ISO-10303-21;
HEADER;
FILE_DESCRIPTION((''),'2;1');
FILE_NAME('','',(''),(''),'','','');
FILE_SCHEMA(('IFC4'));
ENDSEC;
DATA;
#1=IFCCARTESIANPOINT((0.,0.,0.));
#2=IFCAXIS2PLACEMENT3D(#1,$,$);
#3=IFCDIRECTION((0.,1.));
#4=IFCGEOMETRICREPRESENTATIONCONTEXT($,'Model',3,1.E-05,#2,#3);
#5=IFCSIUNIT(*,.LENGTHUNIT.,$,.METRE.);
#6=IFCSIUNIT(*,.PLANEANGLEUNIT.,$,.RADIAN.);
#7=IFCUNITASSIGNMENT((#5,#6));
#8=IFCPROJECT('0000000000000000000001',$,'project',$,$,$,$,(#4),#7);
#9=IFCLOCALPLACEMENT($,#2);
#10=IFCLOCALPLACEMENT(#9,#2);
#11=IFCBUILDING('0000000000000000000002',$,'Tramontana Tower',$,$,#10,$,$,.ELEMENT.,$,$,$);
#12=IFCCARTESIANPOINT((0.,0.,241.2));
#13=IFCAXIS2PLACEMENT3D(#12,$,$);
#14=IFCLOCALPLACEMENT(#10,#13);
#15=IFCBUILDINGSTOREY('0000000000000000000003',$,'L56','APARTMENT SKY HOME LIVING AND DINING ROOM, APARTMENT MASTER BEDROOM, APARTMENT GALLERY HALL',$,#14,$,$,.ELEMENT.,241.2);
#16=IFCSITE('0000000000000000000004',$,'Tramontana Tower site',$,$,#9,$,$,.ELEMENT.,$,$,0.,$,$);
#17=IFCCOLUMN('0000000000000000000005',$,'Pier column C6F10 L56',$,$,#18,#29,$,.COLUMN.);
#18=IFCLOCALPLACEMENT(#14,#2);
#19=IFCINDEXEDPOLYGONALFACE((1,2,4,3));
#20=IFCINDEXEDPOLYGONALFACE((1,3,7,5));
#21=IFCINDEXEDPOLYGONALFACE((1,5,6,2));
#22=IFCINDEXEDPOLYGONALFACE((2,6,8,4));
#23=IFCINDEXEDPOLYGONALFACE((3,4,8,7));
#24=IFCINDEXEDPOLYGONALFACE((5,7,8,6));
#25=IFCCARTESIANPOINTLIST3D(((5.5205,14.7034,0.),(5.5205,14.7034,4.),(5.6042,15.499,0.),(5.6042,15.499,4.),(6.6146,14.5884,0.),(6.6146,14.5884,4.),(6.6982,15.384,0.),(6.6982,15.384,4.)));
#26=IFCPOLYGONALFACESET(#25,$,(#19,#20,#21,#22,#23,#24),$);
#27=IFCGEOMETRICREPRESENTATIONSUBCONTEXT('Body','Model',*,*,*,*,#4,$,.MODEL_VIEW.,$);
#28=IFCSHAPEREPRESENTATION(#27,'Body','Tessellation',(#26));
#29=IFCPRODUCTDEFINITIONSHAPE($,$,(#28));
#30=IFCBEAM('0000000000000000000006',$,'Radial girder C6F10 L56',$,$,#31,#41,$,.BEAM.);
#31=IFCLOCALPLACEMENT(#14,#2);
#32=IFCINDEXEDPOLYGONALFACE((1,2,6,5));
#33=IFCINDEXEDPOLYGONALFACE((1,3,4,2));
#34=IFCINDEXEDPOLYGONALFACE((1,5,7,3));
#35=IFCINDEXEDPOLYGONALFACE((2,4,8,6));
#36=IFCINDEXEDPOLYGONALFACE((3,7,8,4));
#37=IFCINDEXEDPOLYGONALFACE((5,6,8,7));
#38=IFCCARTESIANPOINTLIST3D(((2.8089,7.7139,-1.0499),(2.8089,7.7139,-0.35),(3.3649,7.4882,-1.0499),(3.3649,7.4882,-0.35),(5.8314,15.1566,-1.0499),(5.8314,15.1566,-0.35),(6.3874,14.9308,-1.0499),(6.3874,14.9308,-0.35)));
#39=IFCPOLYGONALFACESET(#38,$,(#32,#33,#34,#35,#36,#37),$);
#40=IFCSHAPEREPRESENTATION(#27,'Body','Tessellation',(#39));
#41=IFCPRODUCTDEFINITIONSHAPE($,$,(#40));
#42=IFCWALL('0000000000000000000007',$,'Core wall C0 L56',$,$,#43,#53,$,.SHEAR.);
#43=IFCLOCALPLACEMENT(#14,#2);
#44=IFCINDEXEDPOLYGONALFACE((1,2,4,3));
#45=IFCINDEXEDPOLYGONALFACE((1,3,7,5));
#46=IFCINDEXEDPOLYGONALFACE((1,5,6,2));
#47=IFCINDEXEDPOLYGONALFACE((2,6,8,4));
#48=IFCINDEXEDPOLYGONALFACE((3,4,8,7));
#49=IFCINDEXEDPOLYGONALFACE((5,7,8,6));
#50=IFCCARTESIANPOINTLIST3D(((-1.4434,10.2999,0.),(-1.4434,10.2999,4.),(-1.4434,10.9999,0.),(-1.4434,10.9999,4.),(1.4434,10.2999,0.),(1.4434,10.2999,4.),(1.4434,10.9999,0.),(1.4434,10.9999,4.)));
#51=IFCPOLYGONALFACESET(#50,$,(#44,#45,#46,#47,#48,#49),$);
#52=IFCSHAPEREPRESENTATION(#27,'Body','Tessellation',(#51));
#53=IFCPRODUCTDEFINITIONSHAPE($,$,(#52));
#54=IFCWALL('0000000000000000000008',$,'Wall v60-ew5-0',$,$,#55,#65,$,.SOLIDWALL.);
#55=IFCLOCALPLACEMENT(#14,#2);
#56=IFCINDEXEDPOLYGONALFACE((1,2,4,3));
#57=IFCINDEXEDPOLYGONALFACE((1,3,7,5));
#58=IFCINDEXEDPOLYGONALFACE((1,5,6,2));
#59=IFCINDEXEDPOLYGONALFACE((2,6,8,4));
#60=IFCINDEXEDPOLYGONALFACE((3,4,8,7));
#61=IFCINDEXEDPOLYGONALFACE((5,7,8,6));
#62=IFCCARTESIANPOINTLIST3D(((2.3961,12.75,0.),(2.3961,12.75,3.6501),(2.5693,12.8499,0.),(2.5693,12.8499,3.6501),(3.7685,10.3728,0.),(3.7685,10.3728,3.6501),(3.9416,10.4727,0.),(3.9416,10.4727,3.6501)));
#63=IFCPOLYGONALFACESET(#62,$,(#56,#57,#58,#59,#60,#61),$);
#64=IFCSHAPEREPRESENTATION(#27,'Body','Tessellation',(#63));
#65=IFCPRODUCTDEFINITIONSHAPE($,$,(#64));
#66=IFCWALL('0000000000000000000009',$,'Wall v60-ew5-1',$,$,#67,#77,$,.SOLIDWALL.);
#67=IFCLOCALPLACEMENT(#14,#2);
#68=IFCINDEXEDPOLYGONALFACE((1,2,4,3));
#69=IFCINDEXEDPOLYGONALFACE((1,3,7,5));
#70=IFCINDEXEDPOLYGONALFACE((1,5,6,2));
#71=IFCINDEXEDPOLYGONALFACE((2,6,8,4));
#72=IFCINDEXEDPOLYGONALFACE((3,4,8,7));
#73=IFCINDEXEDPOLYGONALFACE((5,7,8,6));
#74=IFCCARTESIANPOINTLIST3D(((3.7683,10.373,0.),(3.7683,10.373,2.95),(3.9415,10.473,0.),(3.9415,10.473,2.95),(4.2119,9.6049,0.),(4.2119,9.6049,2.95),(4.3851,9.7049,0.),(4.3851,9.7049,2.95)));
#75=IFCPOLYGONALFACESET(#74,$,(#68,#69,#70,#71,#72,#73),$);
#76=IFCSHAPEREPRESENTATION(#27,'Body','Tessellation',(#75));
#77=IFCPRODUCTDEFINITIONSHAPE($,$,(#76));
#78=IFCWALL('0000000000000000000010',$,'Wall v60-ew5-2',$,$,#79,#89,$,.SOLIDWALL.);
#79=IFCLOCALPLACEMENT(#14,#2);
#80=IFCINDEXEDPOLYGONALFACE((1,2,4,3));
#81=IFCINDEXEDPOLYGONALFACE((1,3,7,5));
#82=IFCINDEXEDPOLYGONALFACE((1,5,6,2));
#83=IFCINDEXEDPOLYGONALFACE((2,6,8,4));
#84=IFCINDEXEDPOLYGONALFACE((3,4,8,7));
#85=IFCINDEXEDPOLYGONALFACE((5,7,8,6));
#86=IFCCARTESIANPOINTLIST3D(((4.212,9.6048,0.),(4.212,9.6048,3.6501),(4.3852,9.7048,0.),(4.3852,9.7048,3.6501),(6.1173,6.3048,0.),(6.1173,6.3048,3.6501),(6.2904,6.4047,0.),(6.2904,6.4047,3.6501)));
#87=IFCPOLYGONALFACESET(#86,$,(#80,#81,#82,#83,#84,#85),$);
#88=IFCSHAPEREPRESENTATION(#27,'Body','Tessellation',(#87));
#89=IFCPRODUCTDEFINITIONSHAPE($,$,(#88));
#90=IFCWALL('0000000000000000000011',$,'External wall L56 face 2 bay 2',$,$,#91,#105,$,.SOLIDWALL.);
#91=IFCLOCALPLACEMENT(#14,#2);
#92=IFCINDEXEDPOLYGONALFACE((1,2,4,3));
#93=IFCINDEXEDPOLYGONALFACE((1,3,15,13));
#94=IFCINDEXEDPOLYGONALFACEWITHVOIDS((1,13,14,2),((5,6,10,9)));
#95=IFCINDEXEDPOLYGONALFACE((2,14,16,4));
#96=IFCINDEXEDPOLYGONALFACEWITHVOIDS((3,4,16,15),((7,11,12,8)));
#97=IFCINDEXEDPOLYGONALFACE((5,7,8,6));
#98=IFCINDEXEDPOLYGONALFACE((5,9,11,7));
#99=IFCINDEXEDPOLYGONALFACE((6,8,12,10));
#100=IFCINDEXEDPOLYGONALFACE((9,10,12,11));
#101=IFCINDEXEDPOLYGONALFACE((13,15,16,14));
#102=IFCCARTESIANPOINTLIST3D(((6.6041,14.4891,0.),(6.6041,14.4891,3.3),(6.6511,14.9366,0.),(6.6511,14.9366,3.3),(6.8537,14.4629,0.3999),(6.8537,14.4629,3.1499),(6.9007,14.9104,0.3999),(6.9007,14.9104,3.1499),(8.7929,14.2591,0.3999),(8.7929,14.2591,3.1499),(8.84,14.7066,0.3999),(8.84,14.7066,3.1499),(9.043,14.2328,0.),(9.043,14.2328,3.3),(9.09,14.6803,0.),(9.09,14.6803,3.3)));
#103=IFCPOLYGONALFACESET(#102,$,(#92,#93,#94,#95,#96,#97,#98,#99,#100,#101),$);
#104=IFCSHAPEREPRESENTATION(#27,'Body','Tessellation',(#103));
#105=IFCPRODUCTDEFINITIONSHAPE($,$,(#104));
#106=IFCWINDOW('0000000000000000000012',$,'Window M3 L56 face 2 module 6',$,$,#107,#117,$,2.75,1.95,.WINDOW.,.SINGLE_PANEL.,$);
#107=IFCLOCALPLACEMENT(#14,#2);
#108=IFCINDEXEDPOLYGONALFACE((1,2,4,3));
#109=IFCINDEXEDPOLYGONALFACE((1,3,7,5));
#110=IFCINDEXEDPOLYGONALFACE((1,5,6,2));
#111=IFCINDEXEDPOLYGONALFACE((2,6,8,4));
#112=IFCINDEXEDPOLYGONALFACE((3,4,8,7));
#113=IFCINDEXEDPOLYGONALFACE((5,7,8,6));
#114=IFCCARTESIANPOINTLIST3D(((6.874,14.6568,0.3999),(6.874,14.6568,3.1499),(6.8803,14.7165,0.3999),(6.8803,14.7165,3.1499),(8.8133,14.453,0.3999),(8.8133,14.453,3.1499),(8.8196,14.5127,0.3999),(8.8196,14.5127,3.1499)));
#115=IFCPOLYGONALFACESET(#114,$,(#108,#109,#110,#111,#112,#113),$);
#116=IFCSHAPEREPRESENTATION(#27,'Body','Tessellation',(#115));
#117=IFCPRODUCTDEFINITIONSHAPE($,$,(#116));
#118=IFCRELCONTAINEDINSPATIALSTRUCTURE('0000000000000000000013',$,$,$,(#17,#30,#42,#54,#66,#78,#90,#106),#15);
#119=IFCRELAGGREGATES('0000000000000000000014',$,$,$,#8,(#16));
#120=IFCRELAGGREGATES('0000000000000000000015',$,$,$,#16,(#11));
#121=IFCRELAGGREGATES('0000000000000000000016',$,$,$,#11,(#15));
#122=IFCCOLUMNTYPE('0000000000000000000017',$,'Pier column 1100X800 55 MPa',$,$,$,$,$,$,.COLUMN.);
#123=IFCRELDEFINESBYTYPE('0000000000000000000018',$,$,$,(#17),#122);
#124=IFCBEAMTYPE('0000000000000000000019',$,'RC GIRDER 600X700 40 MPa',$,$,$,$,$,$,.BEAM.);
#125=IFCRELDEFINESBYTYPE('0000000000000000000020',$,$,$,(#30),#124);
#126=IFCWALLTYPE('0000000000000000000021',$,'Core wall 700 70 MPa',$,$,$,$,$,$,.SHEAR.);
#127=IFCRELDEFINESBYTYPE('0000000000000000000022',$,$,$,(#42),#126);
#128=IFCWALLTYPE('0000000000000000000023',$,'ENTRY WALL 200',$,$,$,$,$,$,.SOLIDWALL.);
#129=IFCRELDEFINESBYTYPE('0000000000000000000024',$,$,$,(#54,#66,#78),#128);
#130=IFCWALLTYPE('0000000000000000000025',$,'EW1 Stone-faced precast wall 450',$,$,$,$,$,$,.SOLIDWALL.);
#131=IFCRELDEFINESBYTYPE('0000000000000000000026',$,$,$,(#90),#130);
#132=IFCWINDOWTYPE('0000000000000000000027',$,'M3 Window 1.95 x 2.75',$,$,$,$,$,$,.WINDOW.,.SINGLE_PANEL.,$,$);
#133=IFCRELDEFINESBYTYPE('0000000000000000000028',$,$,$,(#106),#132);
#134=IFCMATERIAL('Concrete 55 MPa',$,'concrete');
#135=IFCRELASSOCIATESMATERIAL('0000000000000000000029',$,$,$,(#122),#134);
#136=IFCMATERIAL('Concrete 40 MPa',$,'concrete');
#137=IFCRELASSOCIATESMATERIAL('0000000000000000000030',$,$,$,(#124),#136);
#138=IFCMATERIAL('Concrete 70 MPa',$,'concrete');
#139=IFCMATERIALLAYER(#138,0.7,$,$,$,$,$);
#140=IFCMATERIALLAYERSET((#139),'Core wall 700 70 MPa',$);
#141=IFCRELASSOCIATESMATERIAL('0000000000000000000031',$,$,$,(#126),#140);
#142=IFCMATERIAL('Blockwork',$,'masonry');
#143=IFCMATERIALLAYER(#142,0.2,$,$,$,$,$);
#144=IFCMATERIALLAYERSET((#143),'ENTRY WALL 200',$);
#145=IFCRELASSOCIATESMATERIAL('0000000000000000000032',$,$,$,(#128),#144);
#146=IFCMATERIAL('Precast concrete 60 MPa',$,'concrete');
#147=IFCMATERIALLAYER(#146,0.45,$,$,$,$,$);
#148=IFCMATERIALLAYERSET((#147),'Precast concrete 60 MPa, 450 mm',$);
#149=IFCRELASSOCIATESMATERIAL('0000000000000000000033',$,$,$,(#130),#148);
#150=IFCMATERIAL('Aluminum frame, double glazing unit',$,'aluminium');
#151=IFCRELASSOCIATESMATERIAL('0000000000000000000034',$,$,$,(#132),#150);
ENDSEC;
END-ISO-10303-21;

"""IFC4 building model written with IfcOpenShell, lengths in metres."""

from ifc_helpers import new_model, si_unit, direction, frame, frame_2d, origin, origin_2d, place, context, subcontext, project, spatial, rectangle, extrude, material, layer, layer_set, material_profile, profile_set, type_object, element, fill, save


model = new_model("IFC4")

# Units and contexts
model_context = context("Model", 3, precision=1e-05, world=origin(), true_north=direction((0.0, 1.0)))
body_context = subcontext(model_context, "Body", "Model", "MODEL_VIEW")
ifc_project = project(units=[si_unit("LENGTHUNIT", "METRE"), si_unit("PLANEANGLEUNIT", "RADIAN")], contexts=[model_context])

# Site, building, storey
site_placement = place(None, origin())
site = spatial("IfcSite", under=ifc_project, at=site_placement, Name="Tramontana Tower site", CompositionType="ELEMENT", RefElevation=0.0)
building_placement = place(site_placement, origin())
building = spatial("IfcBuilding", under=site, at=building_placement, Name="Tramontana Tower", CompositionType="ELEMENT")
storey_placement = place(building_placement, frame((0.0, 0.0, 241.2)))
storey = spatial("IfcBuildingStorey", under=building, at=storey_placement, Name="L56", Description="APARTMENT SKY HOME LIVING AND DINING ROOM, APARTMENT MASTER BEDROOM, APARTMENT GALLERY HALL", CompositionType="ELEMENT", Elevation=241.2)

# Column
ifc_material_1 = material(Name="Concrete 55 MPa", Category="concrete")
ifc_material_profile_1 = material_profile(ifc_material_1, rectangle(XDim=1.1001, YDim=0.8, at=origin_2d()), Name="Pier column 1100X800 55 MPa")
ifc_profile_set_1 = profile_set([ifc_material_profile_1], Name="Concrete 55 MPa")
column_type = type_object("IfcColumnType", Name="Pier column 1100X800 55 MPa", PredefinedType="COLUMN", material=ifc_profile_set_1)
column_placement = place(storey_placement, frame((6.1094, 15.0437, 0.0), z_axis=(0.0, 0.0, 1.0), x_axis=(-0.994522, 0.104528, 0.0)))
element("IfcColumn", 1, at=column_placement, inside=storey, type_object=column_type, Name="Pier column C6F10 L56", PredefinedType="COLUMN", context=body_context, shape_type="SweptSolid", body=[
    extrude(rectangle(XDim=1.1001, YDim=0.8, at=origin_2d()), origin(), (0.0, 0.0, 1.0), 4.0),
])

# Beam
ifc_material_2 = material(Name="Concrete 40 MPa", Category="concrete")
ifc_material_profile_2 = material_profile(ifc_material_2, rectangle(XDim=0.6001, YDim=0.7, at=origin_2d()), Name="RC GIRDER 600X700 40 MPa")
ifc_profile_set_2 = profile_set([ifc_material_profile_2], Name="Concrete 40 MPa")
beam_type = type_object("IfcBeamType", Name="RC GIRDER 600X700 40 MPa", PredefinedType="BEAM", material=ifc_profile_set_2)
beam_placement = place(storey_placement, frame((6.1094, 15.0437, -0.7), z_axis=(-0.376259, -0.926515, 0.0), x_axis=(0.926515, -0.376259, 0.0)))
element("IfcBeam", 2, at=beam_placement, inside=storey, type_object=beam_type, Name="Radial girder C6F10 L56", PredefinedType="BEAM", context=body_context, shape_type="SweptSolid", body=[
    extrude(rectangle(XDim=0.6001, YDim=0.7, at=origin_2d()), origin(), (0.0, 0.0, 1.0), 8.033),
])

# Walls
ifc_material_3 = material(Name="Concrete 70 MPa", Category="concrete")
ifc_layer_1 = layer(ifc_material_3, 0.7)
ifc_layer_set_1 = layer_set([ifc_layer_1], Name="Core wall 700 70 MPa")
wall_type_1 = type_object("IfcWallType", Name="Core wall 700 70 MPa", PredefinedType="SHEAR", material=ifc_layer_set_1)
wall_1_placement = place(storey_placement, frame((1.4434, 10.6499, 0.0), z_axis=(0.0, 0.0, 1.0), x_axis=(-1.0, 0.0, 0.0)))
element("IfcWall", 3, at=wall_1_placement, inside=storey, type_object=wall_type_1, Name="Core wall C0 L56", PredefinedType="SHEAR", context=body_context, shape_type="SweptSolid", body=[
    extrude(rectangle(XDim=2.8867, YDim=0.7, at=frame_2d((1.4434, 0.0))), origin(), (0.0, 0.0, 1.0), 4.0),
])
ifc_material_4 = material(Name="Blockwork", Category="masonry")
ifc_layer_2 = layer(ifc_material_4, 0.2)
ifc_layer_set_2 = layer_set([ifc_layer_2], Name="ENTRY WALL 200")
wall_type_2 = type_object("IfcWallType", Name="ENTRY WALL 200", PredefinedType="SOLIDWALL", material=ifc_layer_set_2)
wall_2_placement = place(storey_placement, frame((2.4827, 12.8, 0.0), z_axis=(0.0, 0.0, 1.0), x_axis=(0.499956, -0.866051, 0.0)))
element("IfcWall", 4, at=wall_2_placement, inside=storey, type_object=wall_type_2, Name="Wall v60-ew5-0", PredefinedType="SOLIDWALL", context=body_context, shape_type="SweptSolid", body=[
    extrude(rectangle(XDim=2.7449, YDim=0.2, at=frame_2d((1.3726, 0.0))), origin(), (0.0, 0.0, 1.0), 3.6501),
])
wall_3_placement = place(storey_placement, frame((3.855, 10.4229, 0.0), z_axis=(0.0, 0.0, 1.0), x_axis=(0.500135, -0.865947, 0.0)))
element("IfcWall", 5, at=wall_3_placement, inside=storey, type_object=wall_type_2, Name="Wall v60-ew5-1", PredefinedType="SOLIDWALL", context=body_context, shape_type="SweptSolid", body=[
    extrude(rectangle(XDim=0.887, YDim=0.2, at=frame_2d((0.4434, 0.0))), origin(), (0.0, 0.0, 1.0), 2.95),
])
wall_4_placement = place(storey_placement, frame((4.2986, 9.6548, 0.0), z_axis=(0.0, 0.0, 1.0), x_axis=(0.499998, -0.866027, 0.0)))
element("IfcWall", 6, at=wall_4_placement, inside=storey, type_object=wall_type_2, Name="Wall v60-ew5-2", PredefinedType="SOLIDWALL", context=body_context, shape_type="SweptSolid", body=[
    extrude(rectangle(XDim=3.8105, YDim=0.2, at=frame_2d((1.9053, 0.0))), origin(), (0.0, 0.0, 1.0), 3.6501),
])

# Wall, opening, window
ifc_material_5 = material(Name="Precast concrete 60 MPa", Category="concrete")
ifc_layer_3 = layer(ifc_material_5, 0.45)
ifc_layer_set_3 = layer_set([ifc_layer_3], Name="Precast concrete 60 MPa, 450 mm")
wall_type_3 = type_object("IfcWallType", Name="EW1 Stone-faced precast wall 450", PredefinedType="SOLIDWALL", material=ifc_layer_set_3)
wall_5_placement = place(storey_placement, frame((9.0664, 14.4565, 0.0), z_axis=(0.0, 0.0, 1.0), x_axis=(-0.994522, 0.104529, 0.0)))
wall_5 = element("IfcWall", 7, at=wall_5_placement, inside=storey, type_object=wall_type_3, Name="External wall L56 face 2 bay 2", PredefinedType="SOLIDWALL", context=body_context, shape_type="SweptSolid", body=[
    extrude(rectangle(XDim=2.4524, YDim=0.45, at=frame_2d((1.2261, 0.0))), origin(), (0.0, 0.0, 1.0), 3.3),
])
opening_1_placement = place(wall_5_placement, frame((0.2512, 0.0, 0.3999)))
opening_1 = element("IfcOpeningElement", 8, at=opening_1_placement, cuts=wall_5, PredefinedType="OPENING", context=body_context, shape_type="SweptSolid", body=[
    extrude(rectangle(XDim=1.95, YDim=2.75, at=frame_2d((0.9751, 1.375))), frame((0.0, 0.2349, 0.0), z_axis=(0.0, -1.0, 0.0), x_axis=(1.0, 0.0, 0.0)), (0.0, 0.0, 1.0), 0.47),
])
ifc_material_6 = material(Name="Aluminum frame, double glazing unit", Category="aluminium")
window_type = type_object("IfcWindowType", Name="M3 Window 1.95 x 2.75", PartitioningType="SINGLE_PANEL", PredefinedType="WINDOW", material=ifc_material_6)
window_1_placement = place(opening_1_placement, origin())
window_1 = element("IfcWindow", 9, at=window_1_placement, inside=storey, type_object=window_type, Name="Window M3 L56 face 2 module 6", OverallHeight=2.75, OverallWidth=1.95, PartitioningType="SINGLE_PANEL", PredefinedType="WINDOW", context=body_context, shape_type="SweptSolid", body=[
    extrude(rectangle(XDim=1.95, YDim=2.75, at=frame_2d((0.9751, 1.375))), frame((0.0, 0.03, 0.0), z_axis=(0.0, -1.0, 0.0), x_axis=(1.0, 0.0, 0.0)), (0.0, 0.0, 1.0), 0.0601),
])
fill(opening_1, window_1)

save(model, "model.ifc")
